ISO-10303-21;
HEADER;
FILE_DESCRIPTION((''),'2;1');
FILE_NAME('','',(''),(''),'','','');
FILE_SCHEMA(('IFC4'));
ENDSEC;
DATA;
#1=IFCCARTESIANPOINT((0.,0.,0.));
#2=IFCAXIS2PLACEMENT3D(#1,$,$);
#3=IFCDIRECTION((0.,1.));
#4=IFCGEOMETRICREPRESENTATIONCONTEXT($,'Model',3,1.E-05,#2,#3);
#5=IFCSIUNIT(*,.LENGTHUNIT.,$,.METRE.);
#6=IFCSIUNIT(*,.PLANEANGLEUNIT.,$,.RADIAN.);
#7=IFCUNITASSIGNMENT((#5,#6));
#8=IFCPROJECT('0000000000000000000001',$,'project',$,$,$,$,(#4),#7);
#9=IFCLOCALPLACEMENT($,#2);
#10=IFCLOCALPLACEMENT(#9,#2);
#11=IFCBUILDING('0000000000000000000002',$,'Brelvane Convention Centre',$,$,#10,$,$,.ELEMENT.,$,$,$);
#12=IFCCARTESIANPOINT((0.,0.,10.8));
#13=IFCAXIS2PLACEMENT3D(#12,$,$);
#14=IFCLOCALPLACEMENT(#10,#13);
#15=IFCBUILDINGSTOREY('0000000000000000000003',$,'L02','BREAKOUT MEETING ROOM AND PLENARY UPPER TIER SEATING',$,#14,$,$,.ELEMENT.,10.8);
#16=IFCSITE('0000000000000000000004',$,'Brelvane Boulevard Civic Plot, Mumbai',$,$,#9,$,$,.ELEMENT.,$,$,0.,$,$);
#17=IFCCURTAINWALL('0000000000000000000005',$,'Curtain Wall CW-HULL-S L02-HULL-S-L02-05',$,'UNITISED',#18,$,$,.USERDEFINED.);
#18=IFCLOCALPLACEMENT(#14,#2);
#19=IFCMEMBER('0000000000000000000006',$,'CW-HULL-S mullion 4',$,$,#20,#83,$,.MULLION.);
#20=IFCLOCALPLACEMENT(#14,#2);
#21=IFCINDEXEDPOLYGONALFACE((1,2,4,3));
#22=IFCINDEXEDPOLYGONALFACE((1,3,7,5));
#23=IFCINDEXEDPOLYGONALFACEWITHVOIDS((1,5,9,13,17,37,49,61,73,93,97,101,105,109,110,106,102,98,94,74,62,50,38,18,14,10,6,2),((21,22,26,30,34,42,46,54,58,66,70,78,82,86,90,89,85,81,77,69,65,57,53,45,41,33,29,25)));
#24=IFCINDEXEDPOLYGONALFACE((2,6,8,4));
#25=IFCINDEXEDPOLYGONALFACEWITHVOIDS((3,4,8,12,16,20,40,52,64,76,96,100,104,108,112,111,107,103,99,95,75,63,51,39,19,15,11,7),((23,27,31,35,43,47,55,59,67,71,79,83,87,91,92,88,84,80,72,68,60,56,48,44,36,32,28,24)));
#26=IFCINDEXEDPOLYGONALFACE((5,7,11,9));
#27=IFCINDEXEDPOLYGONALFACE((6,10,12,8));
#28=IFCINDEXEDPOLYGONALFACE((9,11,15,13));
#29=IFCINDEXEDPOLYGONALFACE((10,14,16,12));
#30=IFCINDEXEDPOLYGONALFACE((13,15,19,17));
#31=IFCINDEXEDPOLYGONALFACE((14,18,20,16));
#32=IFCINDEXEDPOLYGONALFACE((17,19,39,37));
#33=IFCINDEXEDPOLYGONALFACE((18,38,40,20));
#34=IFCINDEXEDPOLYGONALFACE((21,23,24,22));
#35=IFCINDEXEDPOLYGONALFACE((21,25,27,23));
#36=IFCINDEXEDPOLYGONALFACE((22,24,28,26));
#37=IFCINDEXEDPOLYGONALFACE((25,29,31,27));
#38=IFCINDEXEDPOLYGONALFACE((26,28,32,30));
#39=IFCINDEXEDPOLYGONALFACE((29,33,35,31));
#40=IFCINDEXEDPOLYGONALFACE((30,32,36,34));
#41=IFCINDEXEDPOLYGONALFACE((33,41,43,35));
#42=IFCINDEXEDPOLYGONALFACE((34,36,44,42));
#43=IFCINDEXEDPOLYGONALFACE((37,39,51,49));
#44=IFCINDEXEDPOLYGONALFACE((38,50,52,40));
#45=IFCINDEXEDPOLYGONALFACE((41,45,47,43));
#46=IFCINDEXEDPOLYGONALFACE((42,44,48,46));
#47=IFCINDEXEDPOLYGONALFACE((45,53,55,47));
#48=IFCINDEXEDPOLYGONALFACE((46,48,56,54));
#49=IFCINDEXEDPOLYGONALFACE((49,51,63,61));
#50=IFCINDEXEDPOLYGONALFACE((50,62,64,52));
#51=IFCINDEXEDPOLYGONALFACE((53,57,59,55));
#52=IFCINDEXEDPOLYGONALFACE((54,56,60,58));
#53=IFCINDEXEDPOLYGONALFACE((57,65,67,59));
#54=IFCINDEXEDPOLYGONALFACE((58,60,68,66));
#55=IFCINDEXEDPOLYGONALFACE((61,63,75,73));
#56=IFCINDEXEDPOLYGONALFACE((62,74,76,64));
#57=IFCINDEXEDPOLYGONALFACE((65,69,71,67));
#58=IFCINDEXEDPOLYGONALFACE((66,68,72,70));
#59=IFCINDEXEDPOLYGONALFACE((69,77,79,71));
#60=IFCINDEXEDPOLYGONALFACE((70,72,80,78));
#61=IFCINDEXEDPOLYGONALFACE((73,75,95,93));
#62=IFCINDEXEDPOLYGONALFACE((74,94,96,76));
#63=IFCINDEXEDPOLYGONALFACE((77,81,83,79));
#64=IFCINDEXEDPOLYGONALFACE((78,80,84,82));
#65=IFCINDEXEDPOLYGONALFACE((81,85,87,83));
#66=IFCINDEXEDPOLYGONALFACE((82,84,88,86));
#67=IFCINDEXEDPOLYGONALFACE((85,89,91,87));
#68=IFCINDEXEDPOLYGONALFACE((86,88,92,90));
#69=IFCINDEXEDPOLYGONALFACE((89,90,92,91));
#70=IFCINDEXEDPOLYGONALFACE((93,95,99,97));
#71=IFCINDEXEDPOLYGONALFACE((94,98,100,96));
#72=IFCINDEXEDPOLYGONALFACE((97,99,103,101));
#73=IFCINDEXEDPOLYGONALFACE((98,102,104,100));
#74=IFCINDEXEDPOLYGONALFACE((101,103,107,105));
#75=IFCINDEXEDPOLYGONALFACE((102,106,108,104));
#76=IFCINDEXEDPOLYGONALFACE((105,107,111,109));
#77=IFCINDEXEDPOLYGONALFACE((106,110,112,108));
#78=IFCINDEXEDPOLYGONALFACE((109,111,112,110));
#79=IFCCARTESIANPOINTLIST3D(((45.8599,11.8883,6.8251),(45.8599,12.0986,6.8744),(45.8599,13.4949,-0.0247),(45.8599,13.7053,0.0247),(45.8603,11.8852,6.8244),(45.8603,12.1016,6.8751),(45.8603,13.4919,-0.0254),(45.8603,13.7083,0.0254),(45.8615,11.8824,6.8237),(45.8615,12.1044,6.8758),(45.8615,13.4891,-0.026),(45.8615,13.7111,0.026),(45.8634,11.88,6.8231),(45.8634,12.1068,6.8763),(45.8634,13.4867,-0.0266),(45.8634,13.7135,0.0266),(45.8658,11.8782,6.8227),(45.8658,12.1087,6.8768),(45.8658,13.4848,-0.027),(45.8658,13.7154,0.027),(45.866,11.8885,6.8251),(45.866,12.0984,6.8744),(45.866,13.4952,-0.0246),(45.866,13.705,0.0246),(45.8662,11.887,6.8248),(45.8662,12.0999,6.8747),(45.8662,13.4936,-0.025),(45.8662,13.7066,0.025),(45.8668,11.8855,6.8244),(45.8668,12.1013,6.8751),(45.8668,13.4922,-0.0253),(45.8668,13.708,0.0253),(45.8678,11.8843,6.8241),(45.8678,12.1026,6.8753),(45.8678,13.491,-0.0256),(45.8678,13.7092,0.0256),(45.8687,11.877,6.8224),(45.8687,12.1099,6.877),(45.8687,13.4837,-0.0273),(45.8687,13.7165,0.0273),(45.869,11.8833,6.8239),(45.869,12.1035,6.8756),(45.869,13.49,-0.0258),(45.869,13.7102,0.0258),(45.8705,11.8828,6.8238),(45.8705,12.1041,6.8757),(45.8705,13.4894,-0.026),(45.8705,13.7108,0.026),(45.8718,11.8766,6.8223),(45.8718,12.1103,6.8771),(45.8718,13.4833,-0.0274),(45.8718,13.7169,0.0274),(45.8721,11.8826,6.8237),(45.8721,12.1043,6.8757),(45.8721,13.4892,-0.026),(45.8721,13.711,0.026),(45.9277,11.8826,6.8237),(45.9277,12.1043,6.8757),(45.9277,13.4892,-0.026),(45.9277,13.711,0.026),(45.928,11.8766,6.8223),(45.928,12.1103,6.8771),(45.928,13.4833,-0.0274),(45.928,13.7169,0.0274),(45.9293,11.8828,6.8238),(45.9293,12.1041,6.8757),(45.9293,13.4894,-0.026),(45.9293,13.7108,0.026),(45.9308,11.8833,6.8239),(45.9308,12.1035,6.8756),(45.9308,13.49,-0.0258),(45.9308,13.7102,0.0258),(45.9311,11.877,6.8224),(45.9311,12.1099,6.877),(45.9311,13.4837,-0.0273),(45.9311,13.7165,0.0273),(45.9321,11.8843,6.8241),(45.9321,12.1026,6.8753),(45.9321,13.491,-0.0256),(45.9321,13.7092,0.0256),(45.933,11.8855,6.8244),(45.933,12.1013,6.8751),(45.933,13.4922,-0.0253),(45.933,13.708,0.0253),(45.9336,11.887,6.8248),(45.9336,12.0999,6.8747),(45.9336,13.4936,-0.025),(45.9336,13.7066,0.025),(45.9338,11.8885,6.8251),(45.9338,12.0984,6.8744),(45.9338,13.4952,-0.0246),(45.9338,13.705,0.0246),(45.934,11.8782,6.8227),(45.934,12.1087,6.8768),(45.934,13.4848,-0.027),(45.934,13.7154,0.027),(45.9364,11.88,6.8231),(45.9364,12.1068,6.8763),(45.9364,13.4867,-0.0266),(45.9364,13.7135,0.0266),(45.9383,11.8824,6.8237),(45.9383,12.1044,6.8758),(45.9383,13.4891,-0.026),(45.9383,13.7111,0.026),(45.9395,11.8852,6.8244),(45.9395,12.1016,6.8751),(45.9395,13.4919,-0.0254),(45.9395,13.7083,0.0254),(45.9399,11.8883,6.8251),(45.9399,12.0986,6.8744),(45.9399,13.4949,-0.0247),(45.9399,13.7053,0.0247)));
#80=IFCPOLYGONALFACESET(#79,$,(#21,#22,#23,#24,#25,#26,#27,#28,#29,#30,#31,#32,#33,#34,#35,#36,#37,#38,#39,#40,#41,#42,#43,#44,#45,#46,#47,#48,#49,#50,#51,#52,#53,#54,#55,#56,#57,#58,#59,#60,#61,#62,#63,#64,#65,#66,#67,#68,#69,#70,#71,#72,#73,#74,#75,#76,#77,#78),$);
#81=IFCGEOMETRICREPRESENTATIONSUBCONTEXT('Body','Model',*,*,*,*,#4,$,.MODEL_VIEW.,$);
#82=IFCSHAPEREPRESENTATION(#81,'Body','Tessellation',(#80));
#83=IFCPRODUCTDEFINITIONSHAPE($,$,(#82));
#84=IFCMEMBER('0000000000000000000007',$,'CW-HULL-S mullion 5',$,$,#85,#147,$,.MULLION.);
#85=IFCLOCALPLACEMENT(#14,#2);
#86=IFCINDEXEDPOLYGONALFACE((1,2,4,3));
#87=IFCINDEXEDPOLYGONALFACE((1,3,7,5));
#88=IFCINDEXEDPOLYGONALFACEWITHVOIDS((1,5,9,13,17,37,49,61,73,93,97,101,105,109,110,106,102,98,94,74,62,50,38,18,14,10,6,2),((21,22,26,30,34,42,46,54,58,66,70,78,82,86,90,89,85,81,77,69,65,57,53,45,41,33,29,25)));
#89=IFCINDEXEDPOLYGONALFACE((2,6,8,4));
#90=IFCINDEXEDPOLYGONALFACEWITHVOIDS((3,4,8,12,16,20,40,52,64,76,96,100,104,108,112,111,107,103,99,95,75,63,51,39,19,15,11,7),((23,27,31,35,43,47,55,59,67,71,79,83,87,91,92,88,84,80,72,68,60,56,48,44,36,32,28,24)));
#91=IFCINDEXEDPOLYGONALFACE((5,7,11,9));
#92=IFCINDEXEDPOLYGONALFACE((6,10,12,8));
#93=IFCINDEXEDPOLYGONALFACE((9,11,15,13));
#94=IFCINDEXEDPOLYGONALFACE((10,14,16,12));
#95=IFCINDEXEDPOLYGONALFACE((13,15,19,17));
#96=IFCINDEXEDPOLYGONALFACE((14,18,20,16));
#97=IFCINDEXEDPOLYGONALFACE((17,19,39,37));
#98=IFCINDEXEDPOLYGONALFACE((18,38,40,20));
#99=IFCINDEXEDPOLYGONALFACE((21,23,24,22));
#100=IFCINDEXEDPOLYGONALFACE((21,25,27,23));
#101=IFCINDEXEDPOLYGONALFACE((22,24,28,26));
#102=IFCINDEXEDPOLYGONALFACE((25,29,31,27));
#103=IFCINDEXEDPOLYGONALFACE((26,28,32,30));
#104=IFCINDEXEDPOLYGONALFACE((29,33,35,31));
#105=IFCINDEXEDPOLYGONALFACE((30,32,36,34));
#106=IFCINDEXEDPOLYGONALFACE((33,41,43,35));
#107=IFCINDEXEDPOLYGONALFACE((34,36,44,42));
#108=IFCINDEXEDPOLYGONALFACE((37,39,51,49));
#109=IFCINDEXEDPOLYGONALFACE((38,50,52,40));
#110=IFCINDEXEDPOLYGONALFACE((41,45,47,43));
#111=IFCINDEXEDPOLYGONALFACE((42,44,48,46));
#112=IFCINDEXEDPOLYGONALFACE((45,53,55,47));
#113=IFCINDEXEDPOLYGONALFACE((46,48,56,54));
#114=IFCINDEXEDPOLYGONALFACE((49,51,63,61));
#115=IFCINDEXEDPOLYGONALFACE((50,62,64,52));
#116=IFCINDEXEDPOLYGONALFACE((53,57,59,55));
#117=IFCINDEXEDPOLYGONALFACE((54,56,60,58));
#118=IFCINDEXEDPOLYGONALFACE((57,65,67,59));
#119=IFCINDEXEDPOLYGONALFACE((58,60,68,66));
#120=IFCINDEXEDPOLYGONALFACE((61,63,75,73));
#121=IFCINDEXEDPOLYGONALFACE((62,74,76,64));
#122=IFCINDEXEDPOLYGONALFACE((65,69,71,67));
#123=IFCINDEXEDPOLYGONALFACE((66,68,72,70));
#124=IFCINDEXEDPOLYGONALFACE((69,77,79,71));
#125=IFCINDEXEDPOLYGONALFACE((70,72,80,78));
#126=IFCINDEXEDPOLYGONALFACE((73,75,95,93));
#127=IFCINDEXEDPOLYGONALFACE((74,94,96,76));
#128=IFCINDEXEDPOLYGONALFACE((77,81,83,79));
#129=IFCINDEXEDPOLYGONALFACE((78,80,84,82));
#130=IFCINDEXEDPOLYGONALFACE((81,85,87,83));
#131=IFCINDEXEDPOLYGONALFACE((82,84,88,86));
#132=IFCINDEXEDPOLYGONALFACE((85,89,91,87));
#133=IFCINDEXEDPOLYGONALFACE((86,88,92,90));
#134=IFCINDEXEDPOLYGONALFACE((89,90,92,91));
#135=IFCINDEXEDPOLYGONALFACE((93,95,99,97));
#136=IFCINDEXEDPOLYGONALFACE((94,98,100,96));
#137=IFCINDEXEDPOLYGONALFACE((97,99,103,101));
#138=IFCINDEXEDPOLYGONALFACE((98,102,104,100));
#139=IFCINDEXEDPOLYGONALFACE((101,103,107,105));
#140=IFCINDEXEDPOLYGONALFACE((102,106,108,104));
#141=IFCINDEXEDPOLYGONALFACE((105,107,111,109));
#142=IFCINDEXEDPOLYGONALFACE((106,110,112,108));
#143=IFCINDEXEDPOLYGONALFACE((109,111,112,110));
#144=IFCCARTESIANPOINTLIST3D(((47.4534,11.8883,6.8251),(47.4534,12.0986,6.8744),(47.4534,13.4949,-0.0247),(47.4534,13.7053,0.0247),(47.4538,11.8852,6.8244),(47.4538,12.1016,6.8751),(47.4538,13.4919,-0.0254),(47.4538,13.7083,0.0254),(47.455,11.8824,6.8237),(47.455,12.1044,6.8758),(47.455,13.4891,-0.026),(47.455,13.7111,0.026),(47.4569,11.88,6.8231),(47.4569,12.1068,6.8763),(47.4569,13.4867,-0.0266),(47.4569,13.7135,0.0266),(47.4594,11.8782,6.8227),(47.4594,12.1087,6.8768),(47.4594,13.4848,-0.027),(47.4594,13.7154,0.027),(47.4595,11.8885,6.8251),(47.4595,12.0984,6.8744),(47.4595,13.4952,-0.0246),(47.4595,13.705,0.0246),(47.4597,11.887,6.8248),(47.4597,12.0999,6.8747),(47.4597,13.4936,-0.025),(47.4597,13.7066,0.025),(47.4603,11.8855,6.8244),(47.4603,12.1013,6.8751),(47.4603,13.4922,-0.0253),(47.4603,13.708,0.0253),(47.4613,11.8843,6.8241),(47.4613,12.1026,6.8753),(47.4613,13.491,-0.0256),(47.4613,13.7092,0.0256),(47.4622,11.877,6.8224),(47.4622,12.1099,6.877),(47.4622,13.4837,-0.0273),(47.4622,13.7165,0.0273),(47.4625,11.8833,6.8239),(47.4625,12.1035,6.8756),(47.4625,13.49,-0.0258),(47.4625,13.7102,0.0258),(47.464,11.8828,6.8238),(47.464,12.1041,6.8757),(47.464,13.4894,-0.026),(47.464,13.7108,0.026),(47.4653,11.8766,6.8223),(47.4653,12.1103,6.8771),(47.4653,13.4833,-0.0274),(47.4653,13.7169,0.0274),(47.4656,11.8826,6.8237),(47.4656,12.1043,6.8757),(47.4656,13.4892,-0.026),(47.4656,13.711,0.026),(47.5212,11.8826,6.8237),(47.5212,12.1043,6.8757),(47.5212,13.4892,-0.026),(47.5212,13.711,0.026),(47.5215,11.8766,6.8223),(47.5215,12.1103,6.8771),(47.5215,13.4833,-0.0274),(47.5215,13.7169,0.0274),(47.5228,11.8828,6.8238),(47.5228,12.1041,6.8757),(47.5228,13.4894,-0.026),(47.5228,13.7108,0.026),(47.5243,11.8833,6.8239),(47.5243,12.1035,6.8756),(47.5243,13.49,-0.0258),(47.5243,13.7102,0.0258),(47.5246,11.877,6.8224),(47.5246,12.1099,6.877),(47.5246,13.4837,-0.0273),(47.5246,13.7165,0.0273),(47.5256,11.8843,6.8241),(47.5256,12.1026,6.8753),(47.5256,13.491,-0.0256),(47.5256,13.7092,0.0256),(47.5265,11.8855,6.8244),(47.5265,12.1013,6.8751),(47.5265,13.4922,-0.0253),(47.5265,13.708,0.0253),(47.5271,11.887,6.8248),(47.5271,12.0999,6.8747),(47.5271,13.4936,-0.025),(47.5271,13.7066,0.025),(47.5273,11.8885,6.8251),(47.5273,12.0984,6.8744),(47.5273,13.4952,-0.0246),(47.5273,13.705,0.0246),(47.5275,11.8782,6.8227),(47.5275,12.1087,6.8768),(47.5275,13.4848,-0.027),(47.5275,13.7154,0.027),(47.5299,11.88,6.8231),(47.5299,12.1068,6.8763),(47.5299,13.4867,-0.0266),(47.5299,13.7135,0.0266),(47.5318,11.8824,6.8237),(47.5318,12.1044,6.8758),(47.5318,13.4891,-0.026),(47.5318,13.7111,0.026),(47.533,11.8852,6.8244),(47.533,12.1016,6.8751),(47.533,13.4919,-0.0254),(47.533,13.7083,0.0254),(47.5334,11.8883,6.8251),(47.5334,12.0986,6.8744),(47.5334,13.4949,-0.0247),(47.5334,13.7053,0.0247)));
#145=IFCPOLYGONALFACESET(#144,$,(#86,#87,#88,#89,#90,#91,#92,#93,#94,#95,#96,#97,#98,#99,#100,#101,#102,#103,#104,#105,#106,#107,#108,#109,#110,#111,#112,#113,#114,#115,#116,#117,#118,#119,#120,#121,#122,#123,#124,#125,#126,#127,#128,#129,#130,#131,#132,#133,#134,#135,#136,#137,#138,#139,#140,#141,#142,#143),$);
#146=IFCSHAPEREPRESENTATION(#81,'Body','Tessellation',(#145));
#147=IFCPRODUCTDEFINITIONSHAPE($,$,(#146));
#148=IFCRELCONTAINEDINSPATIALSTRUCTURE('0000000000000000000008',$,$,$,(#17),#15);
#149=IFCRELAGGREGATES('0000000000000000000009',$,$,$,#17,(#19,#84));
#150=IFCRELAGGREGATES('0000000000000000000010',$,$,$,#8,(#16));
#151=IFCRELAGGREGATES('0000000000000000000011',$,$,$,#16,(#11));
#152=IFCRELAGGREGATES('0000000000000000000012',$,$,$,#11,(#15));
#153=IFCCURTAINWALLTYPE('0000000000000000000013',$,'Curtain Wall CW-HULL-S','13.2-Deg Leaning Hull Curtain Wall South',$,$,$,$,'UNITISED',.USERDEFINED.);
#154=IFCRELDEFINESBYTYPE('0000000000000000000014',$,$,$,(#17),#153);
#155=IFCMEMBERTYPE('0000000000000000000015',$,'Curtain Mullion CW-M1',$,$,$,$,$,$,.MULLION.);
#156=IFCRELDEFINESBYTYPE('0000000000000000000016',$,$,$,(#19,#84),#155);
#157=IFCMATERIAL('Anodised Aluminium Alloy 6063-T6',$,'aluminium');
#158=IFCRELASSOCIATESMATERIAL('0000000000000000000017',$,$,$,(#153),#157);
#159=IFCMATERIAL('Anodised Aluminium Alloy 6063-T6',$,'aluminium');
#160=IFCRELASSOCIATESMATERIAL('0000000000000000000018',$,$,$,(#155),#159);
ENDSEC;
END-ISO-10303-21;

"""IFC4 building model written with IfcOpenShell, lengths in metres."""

from ifc_helpers import new_model, si_unit, direction, frame, origin, origin_2d, place, context, subcontext, project, spatial, hollow_rectangle, extrude, material, material_profile, profile_set, type_object, element, aggregate, save


model = new_model("IFC4")

# Units and contexts
model_context = context("Model", 3, precision=1e-05, world=origin(), true_north=direction((0.0, 1.0)))
body_context = subcontext(model_context, "Body", "Model", "MODEL_VIEW")
ifc_project = project(units=[si_unit("LENGTHUNIT", "METRE"), si_unit("PLANEANGLEUNIT", "RADIAN")], contexts=[model_context])

# Site, building, storey
site_placement = place(None, origin())
site = spatial("IfcSite", under=ifc_project, at=site_placement, Name="Brelvane Boulevard Civic Plot, Mumbai", CompositionType="ELEMENT", RefElevation=0.0)
building_placement = place(site_placement, origin())
building = spatial("IfcBuilding", under=site, at=building_placement, Name="Brelvane Convention Centre", CompositionType="ELEMENT")
storey_placement = place(building_placement, frame((0.0, 0.0, 10.8)))
storey = spatial("IfcBuildingStorey", under=building, at=storey_placement, Name="L02", Description="BREAKOUT MEETING ROOM AND PLENARY UPPER TIER SEATING", CompositionType="ELEMENT", Elevation=10.8)

# Curtain wall, members
ifc_material_1 = material(Name="Anodised Aluminium Alloy 6063-T6", Category="aluminium")
curtain_wall_type = type_object("IfcCurtainWallType", Name="Curtain Wall CW-HULL-S", Description="13.2-Deg Leaning Hull Curtain Wall South", ElementType="UNITISED", PredefinedType="USERDEFINED", material=ifc_material_1)
curtain_wall_placement = place(storey_placement, origin())
curtain_wall = element("IfcCurtainWall", 1, at=curtain_wall_placement, inside=storey, type_object=curtain_wall_type, Name="Curtain Wall CW-HULL-S L02-HULL-S-L02-05", ObjectType="UNITISED", PredefinedType="USERDEFINED")
ifc_material_2 = material(Name="Anodised Aluminium Alloy 6063-T6", Category="aluminium")
ifc_material_profile_1 = material_profile(ifc_material_2, hollow_rectangle(XDim=0.0801, YDim=0.24, WallThickness=0.0061, InnerFilletRadius=0.0061, OuterFilletRadius=0.012, at=origin_2d()), Name="ALU-M 240x80x6.0")
ifc_profile_set_1 = profile_set([ifc_material_profile_1], Name="Anodised Aluminium Alloy 6063-T6")
member_type_1 = type_object("IfcMemberType", Name="Curtain Mullion CW-M1", PredefinedType="MULLION", material=ifc_profile_set_1)
member_1_placement = place(storey_placement, frame((45.8999, 13.6001, 0.0), z_axis=(0.0, -0.22836, 0.973577), x_axis=(1.0, 0.0, 0.0)))
member_1 = element("IfcMember", 2, at=member_1_placement, type_object=member_type_1, Name="CW-HULL-S mullion 4", PredefinedType="MULLION", context=body_context, shape_type="SweptSolid", body=[
    extrude(hollow_rectangle(XDim=0.0801, YDim=0.24, WallThickness=0.0061, InnerFilletRadius=0.0061, OuterFilletRadius=0.012, at=origin_2d()), origin(), (0.0, 0.0, 1.0), 7.0356),
])
member_2_placement = place(storey_placement, frame((47.4934, 13.6001, 0.0), z_axis=(0.0, -0.22836, 0.973577), x_axis=(1.0, 0.0, 0.0)))
member_2 = element("IfcMember", 3, at=member_2_placement, type_object=member_type_1, Name="CW-HULL-S mullion 5", PredefinedType="MULLION", context=body_context, shape_type="SweptSolid", body=[
    extrude(hollow_rectangle(XDim=0.0801, YDim=0.24, WallThickness=0.0061, InnerFilletRadius=0.0061, OuterFilletRadius=0.012, at=origin_2d()), origin(), (0.0, 0.0, 1.0), 7.0356),
])

aggregate(curtain_wall, [member_1, member_2])

save(model, "model.ifc")
